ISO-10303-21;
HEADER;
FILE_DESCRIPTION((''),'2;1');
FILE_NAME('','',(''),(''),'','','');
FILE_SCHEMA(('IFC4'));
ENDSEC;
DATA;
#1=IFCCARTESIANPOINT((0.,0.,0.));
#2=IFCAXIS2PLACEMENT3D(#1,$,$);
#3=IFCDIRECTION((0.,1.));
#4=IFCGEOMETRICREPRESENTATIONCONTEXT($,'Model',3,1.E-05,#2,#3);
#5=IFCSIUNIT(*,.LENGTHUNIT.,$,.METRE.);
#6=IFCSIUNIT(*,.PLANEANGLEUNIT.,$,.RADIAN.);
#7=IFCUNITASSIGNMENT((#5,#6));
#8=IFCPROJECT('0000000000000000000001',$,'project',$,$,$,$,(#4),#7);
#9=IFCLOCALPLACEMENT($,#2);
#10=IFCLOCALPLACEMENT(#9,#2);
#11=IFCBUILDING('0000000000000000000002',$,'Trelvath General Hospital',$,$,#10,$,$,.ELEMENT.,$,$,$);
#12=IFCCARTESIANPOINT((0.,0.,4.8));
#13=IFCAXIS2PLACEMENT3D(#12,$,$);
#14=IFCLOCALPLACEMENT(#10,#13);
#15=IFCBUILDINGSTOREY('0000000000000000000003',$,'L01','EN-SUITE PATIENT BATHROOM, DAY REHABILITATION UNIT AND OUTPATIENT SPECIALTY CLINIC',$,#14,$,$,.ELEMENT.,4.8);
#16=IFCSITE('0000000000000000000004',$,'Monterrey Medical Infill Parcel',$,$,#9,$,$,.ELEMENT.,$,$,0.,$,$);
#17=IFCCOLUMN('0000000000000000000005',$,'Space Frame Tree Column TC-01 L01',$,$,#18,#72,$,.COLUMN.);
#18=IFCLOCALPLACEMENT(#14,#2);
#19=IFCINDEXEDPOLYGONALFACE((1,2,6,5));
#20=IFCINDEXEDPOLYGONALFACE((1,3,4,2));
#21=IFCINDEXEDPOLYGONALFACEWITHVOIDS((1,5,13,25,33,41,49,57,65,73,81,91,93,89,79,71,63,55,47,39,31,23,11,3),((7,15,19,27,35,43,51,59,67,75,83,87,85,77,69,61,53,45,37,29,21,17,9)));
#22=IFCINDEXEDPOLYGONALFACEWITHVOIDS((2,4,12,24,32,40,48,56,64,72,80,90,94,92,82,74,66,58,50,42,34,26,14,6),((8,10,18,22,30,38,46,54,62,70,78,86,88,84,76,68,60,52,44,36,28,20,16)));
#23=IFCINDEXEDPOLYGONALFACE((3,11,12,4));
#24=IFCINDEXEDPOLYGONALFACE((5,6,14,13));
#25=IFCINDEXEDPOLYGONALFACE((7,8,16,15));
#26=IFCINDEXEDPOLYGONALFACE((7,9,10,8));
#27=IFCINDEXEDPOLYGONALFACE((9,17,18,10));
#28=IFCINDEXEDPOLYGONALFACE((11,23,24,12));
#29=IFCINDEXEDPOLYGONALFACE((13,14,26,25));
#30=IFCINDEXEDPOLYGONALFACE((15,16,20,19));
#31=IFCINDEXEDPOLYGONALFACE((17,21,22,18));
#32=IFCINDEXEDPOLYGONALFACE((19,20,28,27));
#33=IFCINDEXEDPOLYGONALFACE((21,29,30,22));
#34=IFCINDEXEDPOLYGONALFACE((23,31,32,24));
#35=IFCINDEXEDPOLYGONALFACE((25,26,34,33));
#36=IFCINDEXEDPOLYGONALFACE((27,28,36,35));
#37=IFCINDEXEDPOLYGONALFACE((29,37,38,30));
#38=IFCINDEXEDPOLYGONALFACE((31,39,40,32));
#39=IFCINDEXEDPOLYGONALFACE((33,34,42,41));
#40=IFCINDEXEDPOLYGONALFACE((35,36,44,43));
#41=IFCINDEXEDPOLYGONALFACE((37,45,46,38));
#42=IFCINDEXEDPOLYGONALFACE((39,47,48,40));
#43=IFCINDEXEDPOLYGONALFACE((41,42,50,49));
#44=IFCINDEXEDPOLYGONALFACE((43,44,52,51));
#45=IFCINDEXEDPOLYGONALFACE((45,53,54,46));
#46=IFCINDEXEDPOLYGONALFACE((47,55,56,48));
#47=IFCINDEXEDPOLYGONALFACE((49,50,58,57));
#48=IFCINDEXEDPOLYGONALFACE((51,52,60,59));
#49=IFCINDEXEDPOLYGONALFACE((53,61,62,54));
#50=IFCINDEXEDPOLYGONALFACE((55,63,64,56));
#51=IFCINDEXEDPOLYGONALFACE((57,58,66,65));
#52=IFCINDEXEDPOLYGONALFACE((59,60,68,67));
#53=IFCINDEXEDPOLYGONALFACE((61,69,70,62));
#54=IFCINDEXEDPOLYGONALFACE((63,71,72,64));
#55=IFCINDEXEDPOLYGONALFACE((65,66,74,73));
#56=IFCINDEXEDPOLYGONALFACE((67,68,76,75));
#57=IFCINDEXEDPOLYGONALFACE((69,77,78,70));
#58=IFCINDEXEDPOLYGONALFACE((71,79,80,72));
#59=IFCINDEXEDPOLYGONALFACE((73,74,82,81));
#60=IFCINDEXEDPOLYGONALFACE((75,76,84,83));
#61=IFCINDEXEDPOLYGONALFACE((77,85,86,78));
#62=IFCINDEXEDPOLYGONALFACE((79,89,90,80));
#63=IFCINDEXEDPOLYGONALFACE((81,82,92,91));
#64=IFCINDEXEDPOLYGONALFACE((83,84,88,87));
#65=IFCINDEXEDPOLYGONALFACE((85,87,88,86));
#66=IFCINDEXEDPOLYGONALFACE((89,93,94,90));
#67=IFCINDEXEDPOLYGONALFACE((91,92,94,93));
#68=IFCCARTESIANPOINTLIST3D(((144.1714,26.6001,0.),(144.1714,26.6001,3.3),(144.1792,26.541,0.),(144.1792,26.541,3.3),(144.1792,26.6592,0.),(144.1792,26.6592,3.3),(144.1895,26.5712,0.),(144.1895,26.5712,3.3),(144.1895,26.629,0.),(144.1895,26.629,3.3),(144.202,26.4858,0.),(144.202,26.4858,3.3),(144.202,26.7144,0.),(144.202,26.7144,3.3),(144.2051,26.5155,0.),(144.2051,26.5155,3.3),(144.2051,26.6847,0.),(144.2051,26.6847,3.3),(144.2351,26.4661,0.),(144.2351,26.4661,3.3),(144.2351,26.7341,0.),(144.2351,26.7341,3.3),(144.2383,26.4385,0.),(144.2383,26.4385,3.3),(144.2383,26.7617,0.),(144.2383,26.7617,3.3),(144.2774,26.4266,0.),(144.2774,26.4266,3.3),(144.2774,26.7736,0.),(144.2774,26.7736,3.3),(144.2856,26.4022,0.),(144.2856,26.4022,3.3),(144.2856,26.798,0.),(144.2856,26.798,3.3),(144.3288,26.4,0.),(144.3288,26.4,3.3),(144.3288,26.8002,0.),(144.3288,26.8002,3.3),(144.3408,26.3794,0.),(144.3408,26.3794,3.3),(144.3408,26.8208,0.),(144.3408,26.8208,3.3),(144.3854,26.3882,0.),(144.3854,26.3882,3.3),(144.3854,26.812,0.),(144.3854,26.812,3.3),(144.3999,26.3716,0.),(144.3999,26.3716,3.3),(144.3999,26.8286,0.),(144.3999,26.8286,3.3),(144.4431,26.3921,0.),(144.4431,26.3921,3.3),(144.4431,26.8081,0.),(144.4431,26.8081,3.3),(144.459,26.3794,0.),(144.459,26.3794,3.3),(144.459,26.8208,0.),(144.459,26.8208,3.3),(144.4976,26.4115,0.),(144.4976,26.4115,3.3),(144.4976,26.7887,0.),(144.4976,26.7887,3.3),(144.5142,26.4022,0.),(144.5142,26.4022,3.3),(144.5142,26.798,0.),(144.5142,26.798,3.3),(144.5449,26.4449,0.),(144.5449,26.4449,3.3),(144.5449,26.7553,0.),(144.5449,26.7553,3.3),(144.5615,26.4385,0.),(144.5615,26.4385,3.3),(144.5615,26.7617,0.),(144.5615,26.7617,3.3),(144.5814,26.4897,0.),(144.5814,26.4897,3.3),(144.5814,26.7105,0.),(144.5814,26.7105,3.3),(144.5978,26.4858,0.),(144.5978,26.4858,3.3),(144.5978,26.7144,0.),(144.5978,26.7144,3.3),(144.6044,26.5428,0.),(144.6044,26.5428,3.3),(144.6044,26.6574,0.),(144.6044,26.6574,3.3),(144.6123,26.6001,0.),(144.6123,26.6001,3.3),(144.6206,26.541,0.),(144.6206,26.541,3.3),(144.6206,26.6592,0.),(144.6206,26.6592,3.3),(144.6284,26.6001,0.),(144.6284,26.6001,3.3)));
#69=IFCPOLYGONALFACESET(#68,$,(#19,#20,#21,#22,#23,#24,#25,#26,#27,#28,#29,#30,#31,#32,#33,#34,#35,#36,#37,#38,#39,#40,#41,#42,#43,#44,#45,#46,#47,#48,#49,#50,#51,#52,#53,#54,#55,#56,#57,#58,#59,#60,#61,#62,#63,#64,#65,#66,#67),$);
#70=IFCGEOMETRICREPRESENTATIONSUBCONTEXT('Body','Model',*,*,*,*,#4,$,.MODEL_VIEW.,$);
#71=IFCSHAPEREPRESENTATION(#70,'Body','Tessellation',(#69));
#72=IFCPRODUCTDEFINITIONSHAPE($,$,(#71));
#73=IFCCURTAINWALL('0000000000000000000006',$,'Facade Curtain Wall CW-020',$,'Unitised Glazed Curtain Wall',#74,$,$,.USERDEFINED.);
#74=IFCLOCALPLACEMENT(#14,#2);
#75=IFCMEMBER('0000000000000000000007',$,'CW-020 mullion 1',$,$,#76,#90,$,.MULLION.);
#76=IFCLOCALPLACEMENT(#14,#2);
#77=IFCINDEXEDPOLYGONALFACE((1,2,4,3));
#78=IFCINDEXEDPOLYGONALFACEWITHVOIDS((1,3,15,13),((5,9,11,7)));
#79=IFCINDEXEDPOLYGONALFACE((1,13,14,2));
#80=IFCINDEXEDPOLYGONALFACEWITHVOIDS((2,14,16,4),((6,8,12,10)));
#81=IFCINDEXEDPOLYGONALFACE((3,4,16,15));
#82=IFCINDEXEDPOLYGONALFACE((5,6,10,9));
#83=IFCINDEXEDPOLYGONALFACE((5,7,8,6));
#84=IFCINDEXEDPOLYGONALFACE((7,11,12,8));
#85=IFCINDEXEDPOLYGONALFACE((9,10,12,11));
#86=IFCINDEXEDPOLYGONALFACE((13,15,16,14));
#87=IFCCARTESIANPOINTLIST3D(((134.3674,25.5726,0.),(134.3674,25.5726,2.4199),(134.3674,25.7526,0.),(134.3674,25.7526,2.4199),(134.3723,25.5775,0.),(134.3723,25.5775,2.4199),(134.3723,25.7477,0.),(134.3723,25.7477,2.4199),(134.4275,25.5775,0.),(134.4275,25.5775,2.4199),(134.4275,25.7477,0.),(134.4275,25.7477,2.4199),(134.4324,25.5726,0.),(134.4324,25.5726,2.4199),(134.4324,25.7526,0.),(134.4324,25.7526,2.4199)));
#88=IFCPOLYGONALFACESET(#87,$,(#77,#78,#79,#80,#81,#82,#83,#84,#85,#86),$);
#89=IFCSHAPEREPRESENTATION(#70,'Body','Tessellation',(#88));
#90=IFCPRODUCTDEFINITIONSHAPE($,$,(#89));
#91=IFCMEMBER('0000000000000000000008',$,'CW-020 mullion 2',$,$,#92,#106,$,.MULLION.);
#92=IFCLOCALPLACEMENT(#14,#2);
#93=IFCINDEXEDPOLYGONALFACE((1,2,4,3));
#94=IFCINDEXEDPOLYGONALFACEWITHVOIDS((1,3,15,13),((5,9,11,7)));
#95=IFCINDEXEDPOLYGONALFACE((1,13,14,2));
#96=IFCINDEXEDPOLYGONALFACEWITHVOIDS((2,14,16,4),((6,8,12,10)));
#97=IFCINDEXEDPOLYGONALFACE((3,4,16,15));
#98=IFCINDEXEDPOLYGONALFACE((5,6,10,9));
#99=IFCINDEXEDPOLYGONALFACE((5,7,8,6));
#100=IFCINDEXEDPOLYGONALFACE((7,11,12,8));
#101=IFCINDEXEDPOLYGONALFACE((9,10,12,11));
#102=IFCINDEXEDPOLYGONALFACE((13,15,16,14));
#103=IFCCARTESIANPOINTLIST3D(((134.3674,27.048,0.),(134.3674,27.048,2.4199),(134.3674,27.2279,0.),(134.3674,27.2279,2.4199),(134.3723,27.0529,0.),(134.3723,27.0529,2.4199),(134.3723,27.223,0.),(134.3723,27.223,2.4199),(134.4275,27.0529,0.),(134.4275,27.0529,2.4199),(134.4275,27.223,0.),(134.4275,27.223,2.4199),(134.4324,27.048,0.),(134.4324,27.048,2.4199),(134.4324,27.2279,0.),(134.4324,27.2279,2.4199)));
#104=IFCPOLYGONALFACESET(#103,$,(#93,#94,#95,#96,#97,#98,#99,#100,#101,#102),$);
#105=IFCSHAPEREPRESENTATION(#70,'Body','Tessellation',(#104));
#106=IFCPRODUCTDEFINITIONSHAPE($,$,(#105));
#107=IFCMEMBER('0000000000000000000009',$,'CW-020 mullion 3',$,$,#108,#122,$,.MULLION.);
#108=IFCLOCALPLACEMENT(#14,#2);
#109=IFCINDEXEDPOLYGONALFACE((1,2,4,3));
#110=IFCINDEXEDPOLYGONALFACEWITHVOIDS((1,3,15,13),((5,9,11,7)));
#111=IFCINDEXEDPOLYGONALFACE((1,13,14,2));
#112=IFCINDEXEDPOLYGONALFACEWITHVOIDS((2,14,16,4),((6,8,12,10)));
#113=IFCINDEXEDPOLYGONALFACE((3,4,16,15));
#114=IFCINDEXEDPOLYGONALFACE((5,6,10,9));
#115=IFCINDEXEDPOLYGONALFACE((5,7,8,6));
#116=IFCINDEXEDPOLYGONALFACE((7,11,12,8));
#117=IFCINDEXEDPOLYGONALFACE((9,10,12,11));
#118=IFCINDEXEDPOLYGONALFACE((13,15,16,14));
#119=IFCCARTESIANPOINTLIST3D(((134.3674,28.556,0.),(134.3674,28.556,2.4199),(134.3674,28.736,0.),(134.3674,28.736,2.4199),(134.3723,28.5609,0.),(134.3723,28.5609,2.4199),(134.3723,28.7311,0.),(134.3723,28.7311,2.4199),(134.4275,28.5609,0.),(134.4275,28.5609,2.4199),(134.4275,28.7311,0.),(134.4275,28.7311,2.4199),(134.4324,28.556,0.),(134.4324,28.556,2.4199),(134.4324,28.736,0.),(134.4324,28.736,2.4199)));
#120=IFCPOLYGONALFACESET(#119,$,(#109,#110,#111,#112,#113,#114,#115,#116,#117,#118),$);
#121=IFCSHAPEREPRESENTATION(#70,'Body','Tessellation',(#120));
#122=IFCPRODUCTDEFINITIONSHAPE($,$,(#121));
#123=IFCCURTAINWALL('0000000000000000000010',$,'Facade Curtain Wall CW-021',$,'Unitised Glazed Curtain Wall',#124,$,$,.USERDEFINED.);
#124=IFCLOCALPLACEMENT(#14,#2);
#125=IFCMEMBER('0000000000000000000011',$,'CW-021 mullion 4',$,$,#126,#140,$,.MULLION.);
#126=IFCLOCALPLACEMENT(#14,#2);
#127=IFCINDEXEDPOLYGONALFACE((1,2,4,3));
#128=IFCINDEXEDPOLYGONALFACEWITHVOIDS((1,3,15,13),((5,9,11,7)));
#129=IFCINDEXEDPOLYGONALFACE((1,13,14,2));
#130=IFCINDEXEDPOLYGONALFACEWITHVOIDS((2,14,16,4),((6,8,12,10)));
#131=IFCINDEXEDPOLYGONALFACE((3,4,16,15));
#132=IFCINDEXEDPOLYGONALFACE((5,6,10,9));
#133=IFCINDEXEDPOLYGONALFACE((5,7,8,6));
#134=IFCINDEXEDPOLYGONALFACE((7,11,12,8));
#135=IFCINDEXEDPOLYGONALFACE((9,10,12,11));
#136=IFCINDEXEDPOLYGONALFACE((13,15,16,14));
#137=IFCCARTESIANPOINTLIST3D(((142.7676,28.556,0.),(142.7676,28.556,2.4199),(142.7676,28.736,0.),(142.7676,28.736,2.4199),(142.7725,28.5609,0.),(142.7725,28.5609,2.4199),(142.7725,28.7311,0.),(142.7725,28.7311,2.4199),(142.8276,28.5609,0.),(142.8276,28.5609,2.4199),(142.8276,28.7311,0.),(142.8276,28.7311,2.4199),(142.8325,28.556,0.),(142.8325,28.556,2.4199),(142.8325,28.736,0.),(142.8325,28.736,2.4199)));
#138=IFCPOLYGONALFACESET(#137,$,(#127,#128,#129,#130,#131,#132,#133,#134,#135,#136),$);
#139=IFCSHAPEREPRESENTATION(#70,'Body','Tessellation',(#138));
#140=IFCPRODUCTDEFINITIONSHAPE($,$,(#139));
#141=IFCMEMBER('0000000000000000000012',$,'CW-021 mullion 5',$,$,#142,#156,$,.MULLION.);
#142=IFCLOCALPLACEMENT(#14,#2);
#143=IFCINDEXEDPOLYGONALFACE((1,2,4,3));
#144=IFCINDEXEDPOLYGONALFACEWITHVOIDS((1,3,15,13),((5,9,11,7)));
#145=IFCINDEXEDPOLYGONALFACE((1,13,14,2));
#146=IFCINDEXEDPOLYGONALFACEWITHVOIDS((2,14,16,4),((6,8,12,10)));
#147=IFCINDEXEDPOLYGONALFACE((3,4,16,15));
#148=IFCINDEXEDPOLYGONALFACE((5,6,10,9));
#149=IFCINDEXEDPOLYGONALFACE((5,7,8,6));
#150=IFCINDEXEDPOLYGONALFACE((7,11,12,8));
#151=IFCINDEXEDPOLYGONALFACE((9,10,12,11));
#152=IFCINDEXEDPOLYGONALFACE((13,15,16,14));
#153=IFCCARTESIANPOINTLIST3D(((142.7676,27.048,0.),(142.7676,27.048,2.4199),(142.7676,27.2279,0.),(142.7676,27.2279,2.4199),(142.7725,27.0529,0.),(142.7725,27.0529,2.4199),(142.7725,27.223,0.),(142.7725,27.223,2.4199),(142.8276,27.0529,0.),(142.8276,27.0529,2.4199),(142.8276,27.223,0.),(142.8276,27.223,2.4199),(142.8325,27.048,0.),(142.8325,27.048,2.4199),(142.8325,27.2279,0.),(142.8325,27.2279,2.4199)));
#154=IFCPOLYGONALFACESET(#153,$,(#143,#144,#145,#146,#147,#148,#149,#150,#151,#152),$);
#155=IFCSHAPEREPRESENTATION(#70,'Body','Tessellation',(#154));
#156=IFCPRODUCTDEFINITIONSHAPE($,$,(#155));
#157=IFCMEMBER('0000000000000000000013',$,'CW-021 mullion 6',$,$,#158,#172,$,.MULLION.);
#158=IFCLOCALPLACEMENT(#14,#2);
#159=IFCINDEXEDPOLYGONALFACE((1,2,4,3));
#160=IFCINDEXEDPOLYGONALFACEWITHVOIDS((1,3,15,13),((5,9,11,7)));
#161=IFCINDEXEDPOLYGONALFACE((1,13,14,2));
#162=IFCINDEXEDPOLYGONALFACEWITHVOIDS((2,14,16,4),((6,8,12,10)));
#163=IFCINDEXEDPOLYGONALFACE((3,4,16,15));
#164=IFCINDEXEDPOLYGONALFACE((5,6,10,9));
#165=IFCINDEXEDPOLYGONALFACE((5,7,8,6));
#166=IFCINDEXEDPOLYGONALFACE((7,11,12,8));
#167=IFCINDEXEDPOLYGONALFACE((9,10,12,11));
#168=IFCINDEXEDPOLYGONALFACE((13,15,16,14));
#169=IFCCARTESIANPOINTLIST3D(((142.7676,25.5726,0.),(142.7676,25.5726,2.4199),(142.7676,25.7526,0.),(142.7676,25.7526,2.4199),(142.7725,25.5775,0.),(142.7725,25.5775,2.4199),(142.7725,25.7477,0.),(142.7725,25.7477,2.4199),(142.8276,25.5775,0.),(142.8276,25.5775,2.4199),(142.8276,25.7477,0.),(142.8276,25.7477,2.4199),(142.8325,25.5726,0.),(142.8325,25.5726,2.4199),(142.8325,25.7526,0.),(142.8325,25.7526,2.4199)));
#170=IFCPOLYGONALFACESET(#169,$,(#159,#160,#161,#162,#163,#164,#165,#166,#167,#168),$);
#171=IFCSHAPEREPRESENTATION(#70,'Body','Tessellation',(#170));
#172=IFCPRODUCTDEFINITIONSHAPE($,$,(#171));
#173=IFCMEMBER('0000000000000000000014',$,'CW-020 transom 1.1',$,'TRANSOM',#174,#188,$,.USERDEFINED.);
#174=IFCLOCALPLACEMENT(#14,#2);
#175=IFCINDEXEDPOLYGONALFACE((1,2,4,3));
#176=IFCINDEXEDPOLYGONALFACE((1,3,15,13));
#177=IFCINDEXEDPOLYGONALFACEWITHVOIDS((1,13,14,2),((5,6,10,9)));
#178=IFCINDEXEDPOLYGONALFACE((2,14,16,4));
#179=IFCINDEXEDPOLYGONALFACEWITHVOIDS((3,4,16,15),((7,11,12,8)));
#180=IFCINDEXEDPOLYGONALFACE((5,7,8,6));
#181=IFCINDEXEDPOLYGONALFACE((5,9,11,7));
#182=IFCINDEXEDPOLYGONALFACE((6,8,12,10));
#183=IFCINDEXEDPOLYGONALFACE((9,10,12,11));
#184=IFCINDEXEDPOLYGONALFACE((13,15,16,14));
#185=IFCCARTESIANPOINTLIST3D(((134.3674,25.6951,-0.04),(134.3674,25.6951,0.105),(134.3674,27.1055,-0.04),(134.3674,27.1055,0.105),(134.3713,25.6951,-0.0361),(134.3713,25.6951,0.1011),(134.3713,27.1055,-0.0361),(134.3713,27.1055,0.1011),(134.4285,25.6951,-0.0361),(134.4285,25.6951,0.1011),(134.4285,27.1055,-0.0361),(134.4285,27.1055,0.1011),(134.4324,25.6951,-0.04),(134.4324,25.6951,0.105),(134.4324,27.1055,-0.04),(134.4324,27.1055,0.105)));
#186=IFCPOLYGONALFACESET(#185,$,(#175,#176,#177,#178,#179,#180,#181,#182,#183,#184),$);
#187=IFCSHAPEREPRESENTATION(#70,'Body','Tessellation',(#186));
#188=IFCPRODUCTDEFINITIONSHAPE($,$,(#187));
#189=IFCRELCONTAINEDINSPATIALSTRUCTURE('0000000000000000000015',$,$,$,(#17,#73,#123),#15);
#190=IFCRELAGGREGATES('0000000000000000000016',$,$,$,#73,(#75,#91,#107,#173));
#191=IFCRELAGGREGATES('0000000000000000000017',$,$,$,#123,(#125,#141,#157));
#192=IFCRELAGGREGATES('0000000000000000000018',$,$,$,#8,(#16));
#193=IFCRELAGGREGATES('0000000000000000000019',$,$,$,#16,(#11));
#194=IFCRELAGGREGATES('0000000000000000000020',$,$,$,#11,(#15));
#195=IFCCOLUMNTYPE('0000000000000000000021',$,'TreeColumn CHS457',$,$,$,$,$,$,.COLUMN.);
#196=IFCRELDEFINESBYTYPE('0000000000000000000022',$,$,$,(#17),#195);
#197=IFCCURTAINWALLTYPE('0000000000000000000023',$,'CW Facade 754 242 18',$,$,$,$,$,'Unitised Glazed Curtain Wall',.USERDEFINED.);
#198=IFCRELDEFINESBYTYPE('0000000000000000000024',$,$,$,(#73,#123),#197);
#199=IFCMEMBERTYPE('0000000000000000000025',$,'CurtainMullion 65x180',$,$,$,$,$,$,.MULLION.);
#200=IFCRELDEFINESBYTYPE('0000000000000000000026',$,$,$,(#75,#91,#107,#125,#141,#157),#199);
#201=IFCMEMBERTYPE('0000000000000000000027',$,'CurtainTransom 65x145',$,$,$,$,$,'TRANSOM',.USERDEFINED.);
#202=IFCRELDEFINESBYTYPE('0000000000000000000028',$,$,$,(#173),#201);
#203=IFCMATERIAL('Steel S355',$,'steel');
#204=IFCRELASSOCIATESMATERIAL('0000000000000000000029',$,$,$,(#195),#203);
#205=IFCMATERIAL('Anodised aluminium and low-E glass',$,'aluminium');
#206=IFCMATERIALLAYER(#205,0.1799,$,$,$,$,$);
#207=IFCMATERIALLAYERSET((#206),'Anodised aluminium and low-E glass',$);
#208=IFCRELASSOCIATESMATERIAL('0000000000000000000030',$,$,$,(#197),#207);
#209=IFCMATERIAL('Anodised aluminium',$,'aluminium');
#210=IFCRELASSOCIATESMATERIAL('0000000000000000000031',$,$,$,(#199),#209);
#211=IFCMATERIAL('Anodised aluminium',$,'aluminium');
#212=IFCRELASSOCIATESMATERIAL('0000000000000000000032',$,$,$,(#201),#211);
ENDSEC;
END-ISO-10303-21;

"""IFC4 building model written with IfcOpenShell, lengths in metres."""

from ifc_helpers import new_model, si_unit, direction, frame, origin, origin_2d, place, context, subcontext, project, spatial, hollow_rectangle, hollow_circle, extrude, material, layer, layer_set, material_profile, profile_set, type_object, element, aggregate, save


model = new_model("IFC4")

# Units and contexts
model_context = context("Model", 3, precision=1e-05, world=origin(), true_north=direction((0.0, 1.0)))
body_context = subcontext(model_context, "Body", "Model", "MODEL_VIEW")
ifc_project = project(units=[si_unit("LENGTHUNIT", "METRE"), si_unit("PLANEANGLEUNIT", "RADIAN")], contexts=[model_context])

# Site, building, storey
site_placement = place(None, origin())
site = spatial("IfcSite", under=ifc_project, at=site_placement, Name="Monterrey Medical Infill Parcel", CompositionType="ELEMENT", RefElevation=0.0)
building_placement = place(site_placement, origin())
building = spatial("IfcBuilding", under=site, at=building_placement, Name="Trelvath General Hospital", CompositionType="ELEMENT")
storey_placement = place(building_placement, frame((0.0, 0.0, 4.8)))
storey = spatial("IfcBuildingStorey", under=building, at=storey_placement, Name="L01", Description="EN-SUITE PATIENT BATHROOM, DAY REHABILITATION UNIT AND OUTPATIENT SPECIALTY CLINIC", CompositionType="ELEMENT", Elevation=4.8)

# Column
ifc_material_1 = material(Name="Steel S355", Category="steel")
ifc_material_profile_1 = material_profile(ifc_material_1, hollow_circle(Radius=0.2285, WallThickness=0.0161, at=origin_2d()), Name="CHS457.0x16.0")
ifc_profile_set_1 = profile_set([ifc_material_profile_1], Name="Steel S355")
column_type = type_object("IfcColumnType", Name="TreeColumn CHS457", PredefinedType="COLUMN", material=ifc_profile_set_1)
column_placement = place(storey_placement, frame((144.3999, 26.6001, 0.0), z_axis=(0.0, 0.0, 1.0), x_axis=(1.0, 0.0, 0.0)))
element("IfcColumn", 1, at=column_placement, inside=storey, type_object=column_type, Name="Space Frame Tree Column TC-01 L01", PredefinedType="COLUMN", context=body_context, shape_type="SweptSolid", body=[
    extrude(hollow_circle(Radius=0.2285, WallThickness=0.0161, at=origin_2d()), origin(), (0.0, 0.0, 1.0), 3.3),
])

# Curtain walls, members
ifc_material_2 = material(Name="Anodised aluminium and low-E glass", Category="aluminium")
ifc_layer_1 = layer(ifc_material_2, 0.1799)
ifc_layer_set_1 = layer_set([ifc_layer_1], Name="Anodised aluminium and low-E glass")
curtain_wall_type = type_object("IfcCurtainWallType", Name="CW Facade 754 242 18", ElementType="Unitised Glazed Curtain Wall", PredefinedType="USERDEFINED", material=ifc_layer_set_1)
curtain_wall_1_placement = place(storey_placement, origin())
curtain_wall_1 = element("IfcCurtainWall", 2, at=curtain_wall_1_placement, inside=storey, type_object=curtain_wall_type, Name="Facade Curtain Wall CW-020", ObjectType="Unitised Glazed Curtain Wall", PredefinedType="USERDEFINED")
ifc_material_3 = material(Name="Anodised aluminium", Category="aluminium")
ifc_material_profile_2 = material_profile(ifc_material_3, hollow_rectangle(XDim=0.0649, YDim=0.1799, WallThickness=0.0049, at=origin_2d()), Name="RHS65x180x5")
ifc_profile_set_2 = profile_set([ifc_material_profile_2], Name="Anodised aluminium")
member_type_1 = type_object("IfcMemberType", Name="CurtainMullion 65x180", PredefinedType="MULLION", material=ifc_profile_set_2)
member_1_placement = place(storey_placement, frame((134.3999, 25.6626, 0.0), z_axis=(0.0, 0.0, 1.0), x_axis=(-1.0, 0.0, 0.0)))
member_1 = element("IfcMember", 3, at=member_1_placement, type_object=member_type_1, Name="CW-020 mullion 1", PredefinedType="MULLION", context=body_context, shape_type="SweptSolid", body=[
    extrude(hollow_rectangle(XDim=0.0649, YDim=0.1799, WallThickness=0.0049, at=origin_2d()), origin(), (0.0, 0.0, 1.0), 2.4199),
])
member_2_placement = place(storey_placement, frame((134.3999, 27.1379, 0.0), z_axis=(0.0, 0.0, 1.0), x_axis=(-1.0, 0.0, 0.0)))
member_2 = element("IfcMember", 4, at=member_2_placement, type_object=member_type_1, Name="CW-020 mullion 2", PredefinedType="MULLION", context=body_context, shape_type="SweptSolid", body=[
    extrude(hollow_rectangle(XDim=0.0649, YDim=0.1799, WallThickness=0.0049, at=origin_2d()), origin(), (0.0, 0.0, 1.0), 2.4199),
])
member_3_placement = place(storey_placement, frame((134.3999, 28.646, 0.0), z_axis=(0.0, 0.0, 1.0), x_axis=(-1.0, 0.0, 0.0)))
member_3 = element("IfcMember", 5, at=member_3_placement, type_object=member_type_1, Name="CW-020 mullion 3", PredefinedType="MULLION", context=body_context, shape_type="SweptSolid", body=[
    extrude(hollow_rectangle(XDim=0.0649, YDim=0.1799, WallThickness=0.0049, at=origin_2d()), origin(), (0.0, 0.0, 1.0), 2.4199),
])
curtain_wall_2_placement = place(storey_placement, origin())
curtain_wall_2 = element("IfcCurtainWall", 6, at=curtain_wall_2_placement, inside=storey, type_object=curtain_wall_type, Name="Facade Curtain Wall CW-021", ObjectType="Unitised Glazed Curtain Wall", PredefinedType="USERDEFINED")
member_4_placement = place(storey_placement, frame((142.8, 28.646, 0.0), z_axis=(0.0, 0.0, 1.0), x_axis=(1.0, 0.0, 0.0)))
member_4 = element("IfcMember", 7, at=member_4_placement, type_object=member_type_1, Name="CW-021 mullion 4", PredefinedType="MULLION", context=body_context, shape_type="SweptSolid", body=[
    extrude(hollow_rectangle(XDim=0.0649, YDim=0.1799, WallThickness=0.0049, at=origin_2d()), origin(), (0.0, 0.0, 1.0), 2.4199),
])
member_5_placement = place(storey_placement, frame((142.8, 27.1379, 0.0), z_axis=(0.0, 0.0, 1.0), x_axis=(1.0, 0.0, 0.0)))
member_5 = element("IfcMember", 8, at=member_5_placement, type_object=member_type_1, Name="CW-021 mullion 5", PredefinedType="MULLION", context=body_context, shape_type="SweptSolid", body=[
    extrude(hollow_rectangle(XDim=0.0649, YDim=0.1799, WallThickness=0.0049, at=origin_2d()), origin(), (0.0, 0.0, 1.0), 2.4199),
])
member_6_placement = place(storey_placement, frame((142.8, 25.6626, 0.0), z_axis=(0.0, 0.0, 1.0), x_axis=(1.0, 0.0, 0.0)))
member_6 = element("IfcMember", 9, at=member_6_placement, type_object=member_type_1, Name="CW-021 mullion 6", PredefinedType="MULLION", context=body_context, shape_type="SweptSolid", body=[
    extrude(hollow_rectangle(XDim=0.0649, YDim=0.1799, WallThickness=0.0049, at=origin_2d()), origin(), (0.0, 0.0, 1.0), 2.4199),
])

# Member
ifc_material_4 = material(Name="Anodised aluminium", Category="aluminium")
ifc_material_profile_3 = material_profile(ifc_material_4, hollow_rectangle(XDim=0.0649, YDim=0.145, WallThickness=0.0039, at=origin_2d()), Name="RHS65x145x4")
ifc_profile_set_3 = profile_set([ifc_material_profile_3], Name="Anodised aluminium")
member_type_2 = type_object("IfcMemberType", Name="CurtainTransom 65x145", ElementType="TRANSOM", PredefinedType="USERDEFINED", material=ifc_profile_set_3)
member_7_placement = place(storey_placement, frame((134.3999, 25.6951, 0.0325), z_axis=(0.0, 1.0, 0.0), x_axis=(-1.0, 0.0, 0.0)))
member_7 = element("IfcMember", 10, at=member_7_placement, type_object=member_type_2, Name="CW-020 transom 1.1", ObjectType="TRANSOM", PredefinedType="USERDEFINED", context=body_context, shape_type="SweptSolid", body=[
    extrude(hollow_rectangle(XDim=0.0649, YDim=0.145, WallThickness=0.0039, at=origin_2d()), origin(), (0.0, 0.0, 1.0), 1.4104),
])

aggregate(curtain_wall_1, [member_1, member_2, member_3, member_7])
aggregate(curtain_wall_2, [member_4, member_5, member_6])

save(model, "model.ifc")
